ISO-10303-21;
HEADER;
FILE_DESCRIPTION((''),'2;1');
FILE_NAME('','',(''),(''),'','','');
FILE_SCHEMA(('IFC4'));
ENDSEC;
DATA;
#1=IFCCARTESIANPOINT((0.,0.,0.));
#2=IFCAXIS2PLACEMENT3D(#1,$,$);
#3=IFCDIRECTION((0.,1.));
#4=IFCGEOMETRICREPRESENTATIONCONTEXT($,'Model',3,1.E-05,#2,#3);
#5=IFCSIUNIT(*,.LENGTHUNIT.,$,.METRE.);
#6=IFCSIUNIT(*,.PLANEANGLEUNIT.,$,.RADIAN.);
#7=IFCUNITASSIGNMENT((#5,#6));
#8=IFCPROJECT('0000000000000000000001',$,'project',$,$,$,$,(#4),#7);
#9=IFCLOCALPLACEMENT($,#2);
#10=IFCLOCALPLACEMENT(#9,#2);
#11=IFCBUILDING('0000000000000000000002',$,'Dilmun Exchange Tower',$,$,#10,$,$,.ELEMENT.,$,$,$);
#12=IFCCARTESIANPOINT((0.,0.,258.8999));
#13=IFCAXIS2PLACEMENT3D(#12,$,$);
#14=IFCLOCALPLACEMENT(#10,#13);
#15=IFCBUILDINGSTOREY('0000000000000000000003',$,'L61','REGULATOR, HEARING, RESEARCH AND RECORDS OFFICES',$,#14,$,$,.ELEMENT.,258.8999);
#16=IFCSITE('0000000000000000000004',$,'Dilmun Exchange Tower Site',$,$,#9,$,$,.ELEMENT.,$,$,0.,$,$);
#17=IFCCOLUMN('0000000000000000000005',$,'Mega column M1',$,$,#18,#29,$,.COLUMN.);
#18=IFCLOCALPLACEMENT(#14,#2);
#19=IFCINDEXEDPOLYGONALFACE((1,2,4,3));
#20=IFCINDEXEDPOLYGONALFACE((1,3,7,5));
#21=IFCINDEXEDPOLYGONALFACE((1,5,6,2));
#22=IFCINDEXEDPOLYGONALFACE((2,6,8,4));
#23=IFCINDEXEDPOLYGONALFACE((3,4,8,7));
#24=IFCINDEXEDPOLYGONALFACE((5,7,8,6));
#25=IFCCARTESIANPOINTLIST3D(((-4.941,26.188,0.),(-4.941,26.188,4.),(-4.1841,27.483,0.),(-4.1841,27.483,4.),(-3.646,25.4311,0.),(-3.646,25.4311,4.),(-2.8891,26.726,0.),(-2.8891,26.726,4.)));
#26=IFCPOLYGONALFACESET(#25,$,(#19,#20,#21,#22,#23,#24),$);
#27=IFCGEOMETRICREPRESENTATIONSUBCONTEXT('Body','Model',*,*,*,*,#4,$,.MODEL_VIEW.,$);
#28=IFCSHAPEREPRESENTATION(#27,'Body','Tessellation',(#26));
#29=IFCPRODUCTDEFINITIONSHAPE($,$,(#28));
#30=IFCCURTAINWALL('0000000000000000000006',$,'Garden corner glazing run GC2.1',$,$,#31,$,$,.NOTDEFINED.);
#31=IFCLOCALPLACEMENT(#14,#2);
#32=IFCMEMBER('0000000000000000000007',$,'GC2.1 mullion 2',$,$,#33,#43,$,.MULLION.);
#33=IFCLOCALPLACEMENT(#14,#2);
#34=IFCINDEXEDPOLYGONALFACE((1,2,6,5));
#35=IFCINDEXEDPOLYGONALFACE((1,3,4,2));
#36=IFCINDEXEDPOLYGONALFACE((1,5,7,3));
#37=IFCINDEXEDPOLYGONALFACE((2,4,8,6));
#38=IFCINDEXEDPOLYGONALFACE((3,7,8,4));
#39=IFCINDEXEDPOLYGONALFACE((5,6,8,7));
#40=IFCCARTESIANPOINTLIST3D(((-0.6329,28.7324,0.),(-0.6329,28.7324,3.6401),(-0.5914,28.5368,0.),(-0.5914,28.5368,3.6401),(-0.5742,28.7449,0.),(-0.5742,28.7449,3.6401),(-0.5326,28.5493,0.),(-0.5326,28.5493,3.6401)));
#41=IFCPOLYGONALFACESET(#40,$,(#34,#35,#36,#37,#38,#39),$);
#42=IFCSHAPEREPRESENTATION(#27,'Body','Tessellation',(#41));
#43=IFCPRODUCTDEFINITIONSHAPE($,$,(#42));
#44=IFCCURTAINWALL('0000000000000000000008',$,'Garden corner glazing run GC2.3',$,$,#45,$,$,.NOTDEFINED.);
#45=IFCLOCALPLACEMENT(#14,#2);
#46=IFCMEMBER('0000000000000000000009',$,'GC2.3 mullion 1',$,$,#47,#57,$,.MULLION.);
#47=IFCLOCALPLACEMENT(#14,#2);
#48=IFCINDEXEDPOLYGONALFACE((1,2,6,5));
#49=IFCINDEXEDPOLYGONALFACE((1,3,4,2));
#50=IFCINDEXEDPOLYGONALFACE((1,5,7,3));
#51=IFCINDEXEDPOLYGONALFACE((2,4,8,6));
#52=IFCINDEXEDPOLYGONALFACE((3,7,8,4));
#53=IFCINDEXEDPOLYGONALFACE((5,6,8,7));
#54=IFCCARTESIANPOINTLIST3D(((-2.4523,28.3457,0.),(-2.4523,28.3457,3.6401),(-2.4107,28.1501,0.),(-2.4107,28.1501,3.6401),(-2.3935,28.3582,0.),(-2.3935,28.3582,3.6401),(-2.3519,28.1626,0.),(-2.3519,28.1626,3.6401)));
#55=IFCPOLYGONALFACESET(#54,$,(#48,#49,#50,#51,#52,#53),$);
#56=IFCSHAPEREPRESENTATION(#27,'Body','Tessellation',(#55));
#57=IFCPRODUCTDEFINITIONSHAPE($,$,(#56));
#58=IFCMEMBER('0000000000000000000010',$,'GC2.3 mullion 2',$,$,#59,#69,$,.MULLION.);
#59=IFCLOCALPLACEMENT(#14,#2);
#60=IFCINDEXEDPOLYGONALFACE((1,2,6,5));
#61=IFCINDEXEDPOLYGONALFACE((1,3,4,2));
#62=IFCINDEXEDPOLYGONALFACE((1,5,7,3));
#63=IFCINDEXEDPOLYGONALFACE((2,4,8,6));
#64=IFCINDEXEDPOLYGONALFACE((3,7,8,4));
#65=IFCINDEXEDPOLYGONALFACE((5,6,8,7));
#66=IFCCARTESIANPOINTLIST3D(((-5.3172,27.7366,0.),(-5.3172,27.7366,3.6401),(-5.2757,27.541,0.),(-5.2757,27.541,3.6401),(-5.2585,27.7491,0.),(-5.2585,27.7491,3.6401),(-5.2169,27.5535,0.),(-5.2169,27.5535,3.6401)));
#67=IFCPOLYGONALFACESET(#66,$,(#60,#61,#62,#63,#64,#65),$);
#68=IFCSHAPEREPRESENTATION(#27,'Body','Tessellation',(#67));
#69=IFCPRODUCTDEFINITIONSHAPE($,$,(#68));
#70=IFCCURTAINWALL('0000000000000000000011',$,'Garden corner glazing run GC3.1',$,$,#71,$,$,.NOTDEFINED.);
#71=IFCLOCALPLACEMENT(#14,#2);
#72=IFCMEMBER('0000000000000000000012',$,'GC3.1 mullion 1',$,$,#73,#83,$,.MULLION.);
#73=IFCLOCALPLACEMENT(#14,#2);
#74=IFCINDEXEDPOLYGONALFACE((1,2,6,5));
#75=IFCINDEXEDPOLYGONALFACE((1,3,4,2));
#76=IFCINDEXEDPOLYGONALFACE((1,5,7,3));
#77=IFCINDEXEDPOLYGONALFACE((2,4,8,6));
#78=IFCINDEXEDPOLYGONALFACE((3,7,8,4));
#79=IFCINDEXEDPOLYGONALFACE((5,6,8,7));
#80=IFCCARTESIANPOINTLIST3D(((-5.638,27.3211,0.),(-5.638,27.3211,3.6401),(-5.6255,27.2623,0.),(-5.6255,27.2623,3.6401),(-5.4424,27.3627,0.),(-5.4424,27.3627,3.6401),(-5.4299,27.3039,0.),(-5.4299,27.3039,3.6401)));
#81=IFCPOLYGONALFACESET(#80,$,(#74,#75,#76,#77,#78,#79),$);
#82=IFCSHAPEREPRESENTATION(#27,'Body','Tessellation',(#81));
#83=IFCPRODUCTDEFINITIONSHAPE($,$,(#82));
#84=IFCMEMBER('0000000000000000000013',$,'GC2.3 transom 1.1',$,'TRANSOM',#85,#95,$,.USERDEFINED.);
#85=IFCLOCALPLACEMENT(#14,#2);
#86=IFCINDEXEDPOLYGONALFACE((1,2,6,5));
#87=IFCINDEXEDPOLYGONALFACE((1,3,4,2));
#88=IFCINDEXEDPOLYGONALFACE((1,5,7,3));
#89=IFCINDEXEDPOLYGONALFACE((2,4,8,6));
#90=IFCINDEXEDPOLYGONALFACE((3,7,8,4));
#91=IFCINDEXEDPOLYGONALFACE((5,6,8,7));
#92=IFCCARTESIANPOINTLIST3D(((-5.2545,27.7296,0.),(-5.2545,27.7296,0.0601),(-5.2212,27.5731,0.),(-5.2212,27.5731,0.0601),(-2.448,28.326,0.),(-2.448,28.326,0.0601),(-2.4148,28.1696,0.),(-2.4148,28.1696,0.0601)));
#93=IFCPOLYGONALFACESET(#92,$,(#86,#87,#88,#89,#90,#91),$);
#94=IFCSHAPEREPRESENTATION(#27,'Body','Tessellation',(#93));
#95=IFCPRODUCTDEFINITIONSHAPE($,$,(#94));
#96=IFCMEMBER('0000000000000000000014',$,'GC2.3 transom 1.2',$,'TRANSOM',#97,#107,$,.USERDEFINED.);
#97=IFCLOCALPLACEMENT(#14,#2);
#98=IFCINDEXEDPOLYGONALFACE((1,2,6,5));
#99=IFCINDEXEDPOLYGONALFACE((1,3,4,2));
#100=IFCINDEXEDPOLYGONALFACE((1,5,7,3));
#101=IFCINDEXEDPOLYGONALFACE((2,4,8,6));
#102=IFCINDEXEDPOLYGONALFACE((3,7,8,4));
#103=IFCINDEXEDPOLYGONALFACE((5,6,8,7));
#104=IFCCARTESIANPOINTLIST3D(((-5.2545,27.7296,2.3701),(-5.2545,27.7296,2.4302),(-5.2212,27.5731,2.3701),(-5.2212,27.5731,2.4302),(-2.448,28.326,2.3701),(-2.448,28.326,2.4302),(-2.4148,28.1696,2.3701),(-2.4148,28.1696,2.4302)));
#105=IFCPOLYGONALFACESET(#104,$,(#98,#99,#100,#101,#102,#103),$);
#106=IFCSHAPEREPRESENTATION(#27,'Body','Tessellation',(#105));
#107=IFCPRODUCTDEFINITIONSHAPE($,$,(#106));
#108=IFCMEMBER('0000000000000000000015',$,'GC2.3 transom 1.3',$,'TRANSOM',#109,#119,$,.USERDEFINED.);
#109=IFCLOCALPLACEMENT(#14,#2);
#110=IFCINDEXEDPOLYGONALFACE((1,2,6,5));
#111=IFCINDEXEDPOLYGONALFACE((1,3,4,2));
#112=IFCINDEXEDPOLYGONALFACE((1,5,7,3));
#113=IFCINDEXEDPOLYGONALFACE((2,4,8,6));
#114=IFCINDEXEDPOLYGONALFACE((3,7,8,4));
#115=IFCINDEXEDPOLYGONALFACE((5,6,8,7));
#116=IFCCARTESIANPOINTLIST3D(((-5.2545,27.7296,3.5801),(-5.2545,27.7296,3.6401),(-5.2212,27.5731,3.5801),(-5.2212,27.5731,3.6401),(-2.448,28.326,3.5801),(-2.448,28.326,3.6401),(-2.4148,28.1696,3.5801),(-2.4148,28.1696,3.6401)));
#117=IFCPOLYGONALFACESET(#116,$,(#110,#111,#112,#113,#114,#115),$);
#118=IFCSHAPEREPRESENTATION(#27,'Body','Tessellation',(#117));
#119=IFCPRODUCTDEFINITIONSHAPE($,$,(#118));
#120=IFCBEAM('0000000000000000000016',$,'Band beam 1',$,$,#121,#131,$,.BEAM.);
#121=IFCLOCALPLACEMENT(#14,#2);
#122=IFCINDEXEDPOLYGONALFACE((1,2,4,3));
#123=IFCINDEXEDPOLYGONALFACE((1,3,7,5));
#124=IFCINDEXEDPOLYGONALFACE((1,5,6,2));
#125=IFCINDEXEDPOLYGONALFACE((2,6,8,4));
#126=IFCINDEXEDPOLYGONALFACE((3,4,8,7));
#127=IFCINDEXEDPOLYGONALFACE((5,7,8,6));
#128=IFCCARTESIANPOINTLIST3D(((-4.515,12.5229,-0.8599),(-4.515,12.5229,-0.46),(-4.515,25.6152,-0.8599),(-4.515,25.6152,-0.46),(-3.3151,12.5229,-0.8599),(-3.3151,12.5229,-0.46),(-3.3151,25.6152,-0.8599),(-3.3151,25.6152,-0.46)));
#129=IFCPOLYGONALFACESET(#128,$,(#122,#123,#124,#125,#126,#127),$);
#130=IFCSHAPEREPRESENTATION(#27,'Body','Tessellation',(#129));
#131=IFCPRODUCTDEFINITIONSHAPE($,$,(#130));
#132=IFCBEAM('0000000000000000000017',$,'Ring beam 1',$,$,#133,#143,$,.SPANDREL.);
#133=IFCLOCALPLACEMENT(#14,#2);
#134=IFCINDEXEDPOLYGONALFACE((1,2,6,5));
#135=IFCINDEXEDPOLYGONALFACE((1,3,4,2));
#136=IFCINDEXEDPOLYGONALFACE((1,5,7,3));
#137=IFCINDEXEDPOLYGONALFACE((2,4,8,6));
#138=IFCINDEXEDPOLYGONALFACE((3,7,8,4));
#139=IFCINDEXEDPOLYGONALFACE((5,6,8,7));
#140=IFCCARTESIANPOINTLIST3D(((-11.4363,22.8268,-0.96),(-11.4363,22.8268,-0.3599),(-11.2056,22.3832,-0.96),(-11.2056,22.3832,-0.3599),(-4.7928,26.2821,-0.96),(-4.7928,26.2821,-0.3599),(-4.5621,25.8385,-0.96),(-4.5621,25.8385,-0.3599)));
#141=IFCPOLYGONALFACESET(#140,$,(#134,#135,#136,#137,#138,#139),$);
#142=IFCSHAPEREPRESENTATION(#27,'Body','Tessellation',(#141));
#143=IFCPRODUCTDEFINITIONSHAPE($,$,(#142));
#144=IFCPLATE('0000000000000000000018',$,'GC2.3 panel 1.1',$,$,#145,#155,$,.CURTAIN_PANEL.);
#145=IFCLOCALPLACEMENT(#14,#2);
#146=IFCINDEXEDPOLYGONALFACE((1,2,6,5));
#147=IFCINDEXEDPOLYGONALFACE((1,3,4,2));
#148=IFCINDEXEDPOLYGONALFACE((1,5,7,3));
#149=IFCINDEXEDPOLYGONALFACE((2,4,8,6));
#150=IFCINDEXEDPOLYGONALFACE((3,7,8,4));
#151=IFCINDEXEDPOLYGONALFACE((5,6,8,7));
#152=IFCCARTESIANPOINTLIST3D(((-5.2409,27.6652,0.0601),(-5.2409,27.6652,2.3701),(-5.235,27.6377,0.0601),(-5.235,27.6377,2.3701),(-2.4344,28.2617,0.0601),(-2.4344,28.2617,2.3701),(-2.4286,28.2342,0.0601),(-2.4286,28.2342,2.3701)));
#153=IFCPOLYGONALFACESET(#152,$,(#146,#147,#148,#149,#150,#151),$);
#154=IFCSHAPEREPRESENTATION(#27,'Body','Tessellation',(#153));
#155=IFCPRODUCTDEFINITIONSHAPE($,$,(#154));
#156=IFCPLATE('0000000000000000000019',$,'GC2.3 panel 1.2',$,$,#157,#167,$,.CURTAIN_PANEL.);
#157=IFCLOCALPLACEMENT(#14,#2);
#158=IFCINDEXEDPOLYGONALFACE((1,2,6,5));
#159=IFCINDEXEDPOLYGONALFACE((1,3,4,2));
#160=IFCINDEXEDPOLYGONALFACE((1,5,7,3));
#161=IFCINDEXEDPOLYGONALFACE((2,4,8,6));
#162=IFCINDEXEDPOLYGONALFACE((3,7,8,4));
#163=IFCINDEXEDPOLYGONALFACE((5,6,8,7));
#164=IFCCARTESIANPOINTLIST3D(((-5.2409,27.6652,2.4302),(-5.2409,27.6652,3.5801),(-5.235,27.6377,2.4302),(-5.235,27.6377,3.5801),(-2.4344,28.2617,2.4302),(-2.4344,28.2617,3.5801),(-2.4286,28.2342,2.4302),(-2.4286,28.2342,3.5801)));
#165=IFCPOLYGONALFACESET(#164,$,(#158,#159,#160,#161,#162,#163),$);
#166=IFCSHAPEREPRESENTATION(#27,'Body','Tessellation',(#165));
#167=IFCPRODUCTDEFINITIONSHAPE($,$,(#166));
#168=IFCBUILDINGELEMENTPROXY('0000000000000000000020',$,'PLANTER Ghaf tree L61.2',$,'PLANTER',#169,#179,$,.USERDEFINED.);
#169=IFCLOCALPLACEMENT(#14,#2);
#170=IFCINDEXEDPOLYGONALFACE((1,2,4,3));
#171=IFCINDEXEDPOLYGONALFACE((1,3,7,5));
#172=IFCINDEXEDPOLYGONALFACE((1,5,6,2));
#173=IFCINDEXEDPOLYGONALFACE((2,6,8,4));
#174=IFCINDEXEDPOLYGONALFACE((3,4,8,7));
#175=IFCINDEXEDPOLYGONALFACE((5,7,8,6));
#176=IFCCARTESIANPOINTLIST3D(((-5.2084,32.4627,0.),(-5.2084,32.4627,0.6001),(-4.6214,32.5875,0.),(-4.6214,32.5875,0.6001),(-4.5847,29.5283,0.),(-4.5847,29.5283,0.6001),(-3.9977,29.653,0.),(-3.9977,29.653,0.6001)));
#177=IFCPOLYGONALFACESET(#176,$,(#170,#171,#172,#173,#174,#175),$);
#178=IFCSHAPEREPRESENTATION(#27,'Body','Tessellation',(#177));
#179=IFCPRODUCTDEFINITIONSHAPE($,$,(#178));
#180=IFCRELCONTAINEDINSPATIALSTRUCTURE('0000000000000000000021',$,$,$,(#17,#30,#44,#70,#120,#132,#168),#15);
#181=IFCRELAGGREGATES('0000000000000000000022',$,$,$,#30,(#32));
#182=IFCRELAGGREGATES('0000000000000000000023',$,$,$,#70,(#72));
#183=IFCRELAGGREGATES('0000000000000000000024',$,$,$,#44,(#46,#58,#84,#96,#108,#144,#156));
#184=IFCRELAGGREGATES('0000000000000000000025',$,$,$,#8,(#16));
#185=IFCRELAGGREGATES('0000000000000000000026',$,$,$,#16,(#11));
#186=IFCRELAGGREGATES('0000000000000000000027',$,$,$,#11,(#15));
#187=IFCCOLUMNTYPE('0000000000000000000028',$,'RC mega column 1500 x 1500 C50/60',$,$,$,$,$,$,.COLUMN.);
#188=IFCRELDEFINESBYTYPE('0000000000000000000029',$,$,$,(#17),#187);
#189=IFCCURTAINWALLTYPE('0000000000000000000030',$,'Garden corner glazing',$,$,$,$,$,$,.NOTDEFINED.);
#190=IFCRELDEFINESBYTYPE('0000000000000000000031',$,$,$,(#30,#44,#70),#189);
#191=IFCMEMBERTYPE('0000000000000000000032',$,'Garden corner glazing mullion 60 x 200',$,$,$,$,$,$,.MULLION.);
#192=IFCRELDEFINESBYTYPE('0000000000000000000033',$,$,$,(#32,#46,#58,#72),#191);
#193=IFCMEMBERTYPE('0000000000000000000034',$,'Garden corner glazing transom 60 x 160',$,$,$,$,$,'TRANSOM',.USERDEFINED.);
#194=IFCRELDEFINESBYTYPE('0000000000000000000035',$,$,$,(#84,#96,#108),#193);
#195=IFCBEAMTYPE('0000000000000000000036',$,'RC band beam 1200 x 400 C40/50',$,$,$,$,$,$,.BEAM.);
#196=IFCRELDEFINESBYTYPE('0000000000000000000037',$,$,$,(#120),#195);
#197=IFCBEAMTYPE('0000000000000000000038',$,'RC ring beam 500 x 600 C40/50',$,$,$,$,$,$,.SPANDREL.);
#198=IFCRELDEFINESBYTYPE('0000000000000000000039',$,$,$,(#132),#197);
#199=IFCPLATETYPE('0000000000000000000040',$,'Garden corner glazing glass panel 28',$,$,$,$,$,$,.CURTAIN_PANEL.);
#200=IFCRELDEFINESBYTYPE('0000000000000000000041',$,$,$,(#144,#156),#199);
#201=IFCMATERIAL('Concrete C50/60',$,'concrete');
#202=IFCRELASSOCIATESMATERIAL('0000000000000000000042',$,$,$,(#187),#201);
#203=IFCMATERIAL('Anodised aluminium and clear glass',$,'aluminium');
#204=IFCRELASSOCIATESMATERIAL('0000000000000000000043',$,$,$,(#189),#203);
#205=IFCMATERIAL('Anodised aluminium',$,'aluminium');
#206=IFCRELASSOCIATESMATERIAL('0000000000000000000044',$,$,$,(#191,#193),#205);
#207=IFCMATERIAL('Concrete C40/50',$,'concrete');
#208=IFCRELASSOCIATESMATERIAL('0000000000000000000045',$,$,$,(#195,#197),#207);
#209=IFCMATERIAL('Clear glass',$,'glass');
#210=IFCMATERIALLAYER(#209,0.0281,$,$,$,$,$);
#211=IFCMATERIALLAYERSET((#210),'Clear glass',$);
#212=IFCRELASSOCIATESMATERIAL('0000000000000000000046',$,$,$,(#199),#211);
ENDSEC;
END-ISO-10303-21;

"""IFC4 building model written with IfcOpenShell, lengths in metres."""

from ifc_helpers import new_model, si_unit, direction, frame, origin, origin_2d, place, context, subcontext, project, spatial, rectangle, extrude, material, layer, layer_set, material_profile, profile_set, type_object, element, aggregate, save


model = new_model("IFC4")

# Units and contexts
model_context = context("Model", 3, precision=1e-05, world=origin(), true_north=direction((0.0, 1.0)))
body_context = subcontext(model_context, "Body", "Model", "MODEL_VIEW")
ifc_project = project(units=[si_unit("LENGTHUNIT", "METRE"), si_unit("PLANEANGLEUNIT", "RADIAN")], contexts=[model_context])

# Site, building, storey
site_placement = place(None, origin())
site = spatial("IfcSite", under=ifc_project, at=site_placement, Name="Dilmun Exchange Tower Site", CompositionType="ELEMENT", RefElevation=0.0)
building_placement = place(site_placement, origin())
building = spatial("IfcBuilding", under=site, at=building_placement, Name="Dilmun Exchange Tower", CompositionType="ELEMENT")
storey_placement = place(building_placement, frame((0.0, 0.0, 258.8999)))
storey = spatial("IfcBuildingStorey", under=building, at=storey_placement, Name="L61", Description="REGULATOR, HEARING, RESEARCH AND RECORDS OFFICES", CompositionType="ELEMENT", Elevation=258.8999)

# Column
ifc_material_1 = material(Name="Concrete C50/60", Category="concrete")
ifc_material_profile_1 = material_profile(ifc_material_1, rectangle(XDim=1.5, YDim=1.5, at=origin_2d()), Name="1500 x 1500")
ifc_profile_set_1 = profile_set([ifc_material_profile_1], Name="Concrete C50/60")
column_type = type_object("IfcColumnType", Name="RC mega column 1500 x 1500 C50/60", PredefinedType="COLUMN", material=ifc_profile_set_1)
column_placement = place(storey_placement, frame((-3.915, 26.457, 0.0), z_axis=(0.0, 0.0, 1.0), x_axis=(0.504644, 0.863328, 0.0)))
element("IfcColumn", 1, at=column_placement, inside=storey, type_object=column_type, Name="Mega column M1", PredefinedType="COLUMN", context=body_context, shape_type="SweptSolid", body=[
    extrude(rectangle(XDim=1.5, YDim=1.5, at=origin_2d()), origin(), (0.0, 0.0, 1.0), 4.0),
])

# Curtain wall, member
ifc_material_2 = material(Name="Anodised aluminium and clear glass", Category="aluminium")
curtain_wall_type = type_object("IfcCurtainWallType", Name="Garden corner glazing", PredefinedType="NOTDEFINED", material=ifc_material_2)
curtain_wall_1_placement = place(storey_placement, origin())
curtain_wall_1 = element("IfcCurtainWall", 2, at=curtain_wall_1_placement, inside=storey, type_object=curtain_wall_type, Name="Garden corner glazing run GC2.1", PredefinedType="NOTDEFINED")
ifc_material_3 = material(Name="Anodised aluminium", Category="aluminium")
ifc_material_profile_2 = material_profile(ifc_material_3, rectangle(XDim=0.2, YDim=0.0601, at=origin_2d()), Name="AL 60x200")
ifc_profile_set_2 = profile_set([ifc_material_profile_2], Name="Anodised aluminium")
member_type_1 = type_object("IfcMemberType", Name="Garden corner glazing mullion 60 x 200", PredefinedType="MULLION", material=ifc_profile_set_2)
member_1_placement = place(storey_placement, frame((-0.5828, 28.6409, 0.0), z_axis=(0.0, 0.0, 1.0), x_axis=(0.207888, -0.978153, 0.0)))
member_1 = element("IfcMember", 3, at=member_1_placement, type_object=member_type_1, Name="GC2.1 mullion 2", PredefinedType="MULLION", context=body_context, shape_type="SweptSolid", body=[
    extrude(rectangle(XDim=0.2, YDim=0.0601, at=origin_2d()), origin(), (0.0, 0.0, 1.0), 3.6401),
])
aggregate(curtain_wall_1, [member_1])

# Curtain wall, members
curtain_wall_2_placement = place(storey_placement, origin())
curtain_wall_2 = element("IfcCurtainWall", 4, at=curtain_wall_2_placement, inside=storey, type_object=curtain_wall_type, Name="Garden corner glazing run GC2.3", PredefinedType="NOTDEFINED")
member_2_placement = place(storey_placement, frame((-2.4021, 28.2542, 0.0), z_axis=(0.0, 0.0, 1.0), x_axis=(0.207888, -0.978153, 0.0)))
member_2 = element("IfcMember", 5, at=member_2_placement, type_object=member_type_1, Name="GC2.3 mullion 1", PredefinedType="MULLION", context=body_context, shape_type="SweptSolid", body=[
    extrude(rectangle(XDim=0.2, YDim=0.0601, at=origin_2d()), origin(), (0.0, 0.0, 1.0), 3.6401),
])
member_3_placement = place(storey_placement, frame((-5.2671, 27.645, 0.0), z_axis=(0.0, 0.0, 1.0), x_axis=(0.207888, -0.978153, 0.0)))
member_3 = element("IfcMember", 6, at=member_3_placement, type_object=member_type_1, Name="GC2.3 mullion 2", PredefinedType="MULLION", context=body_context, shape_type="SweptSolid", body=[
    extrude(rectangle(XDim=0.2, YDim=0.0601, at=origin_2d()), origin(), (0.0, 0.0, 1.0), 3.6401),
])

# Curtain wall, member
curtain_wall_3_placement = place(storey_placement, origin())
curtain_wall_3 = element("IfcCurtainWall", 7, at=curtain_wall_3_placement, inside=storey, type_object=curtain_wall_type, Name="Garden corner glazing run GC3.1", PredefinedType="NOTDEFINED")
member_4_placement = place(storey_placement, frame((-5.5339, 27.3125, 0.0), z_axis=(0.0, 0.0, 1.0), x_axis=(-0.978148, -0.207912, 0.0)))
member_4 = element("IfcMember", 8, at=member_4_placement, type_object=member_type_1, Name="GC3.1 mullion 1", PredefinedType="MULLION", context=body_context, shape_type="SweptSolid", body=[
    extrude(rectangle(XDim=0.2, YDim=0.0601, at=origin_2d()), origin(), (0.0, 0.0, 1.0), 3.6401),
])
aggregate(curtain_wall_3, [member_4])

# Members
ifc_material_profile_3 = material_profile(ifc_material_3, rectangle(XDim=0.1599, YDim=0.0601, at=origin_2d()), Name="AL 60x160")
ifc_profile_set_3 = profile_set([ifc_material_profile_3], Name="Anodised aluminium")
member_type_2 = type_object("IfcMemberType", Name="Garden corner glazing transom 60 x 160", ElementType="TRANSOM", PredefinedType="USERDEFINED", material=ifc_profile_set_3)
member_5_placement = place(storey_placement, frame((-2.4314, 28.2478, 0.03), z_axis=(-0.978153, -0.207884, 0.0), x_axis=(0.207884, -0.978153, 0.0)))
member_5 = element("IfcMember", 9, at=member_5_placement, type_object=member_type_2, Name="GC2.3 transom 1.1", ObjectType="TRANSOM", PredefinedType="USERDEFINED", context=body_context, shape_type="SweptSolid", body=[
    extrude(rectangle(XDim=0.1599, YDim=0.0601, at=origin_2d()), origin(), (0.0, 0.0, 1.0), 2.8691),
])
member_6_placement = place(storey_placement, frame((-2.4314, 28.2478, 2.4001), z_axis=(-0.978153, -0.207884, 0.0), x_axis=(0.207884, -0.978153, 0.0)))
member_6 = element("IfcMember", 10, at=member_6_placement, type_object=member_type_2, Name="GC2.3 transom 1.2", ObjectType="TRANSOM", PredefinedType="USERDEFINED", context=body_context, shape_type="SweptSolid", body=[
    extrude(rectangle(XDim=0.1599, YDim=0.0601, at=origin_2d()), origin(), (0.0, 0.0, 1.0), 2.8691),
])
member_7_placement = place(storey_placement, frame((-2.4314, 28.2478, 3.6101), z_axis=(-0.978153, -0.207884, 0.0), x_axis=(0.207884, -0.978153, 0.0)))
member_7 = element("IfcMember", 11, at=member_7_placement, type_object=member_type_2, Name="GC2.3 transom 1.3", ObjectType="TRANSOM", PredefinedType="USERDEFINED", context=body_context, shape_type="SweptSolid", body=[
    extrude(rectangle(XDim=0.1599, YDim=0.0601, at=origin_2d()), origin(), (0.0, 0.0, 1.0), 2.8691),
])

# Beams
ifc_material_4 = material(Name="Concrete C40/50", Category="concrete")
ifc_material_profile_4 = material_profile(ifc_material_4, rectangle(XDim=1.2, YDim=0.3999, at=origin_2d()), Name="1200 x 400")
ifc_profile_set_4 = profile_set([ifc_material_profile_4], Name="Concrete C40/50")
beam_type_1 = type_object("IfcBeamType", Name="RC band beam 1200 x 400 C40/50", PredefinedType="BEAM", material=ifc_profile_set_4)
beam_1_placement = place(storey_placement, frame((-3.915, 25.6152, -0.6599), z_axis=(0.0, -1.0, 0.0), x_axis=(1.0, 0.0, 0.0)))
element("IfcBeam", 12, at=beam_1_placement, inside=storey, type_object=beam_type_1, Name="Band beam 1", PredefinedType="BEAM", context=body_context, shape_type="SweptSolid", body=[
    extrude(rectangle(XDim=1.2, YDim=0.3999, at=origin_2d()), origin(), (0.0, 0.0, 1.0), 13.0923),
])
ifc_material_profile_5 = material_profile(ifc_material_4, rectangle(XDim=0.5, YDim=0.6001, at=origin_2d()), Name="500 x 600")
ifc_profile_set_5 = profile_set([ifc_material_profile_5], Name="Concrete C40/50")
beam_type_2 = type_object("IfcBeamType", Name="RC ring beam 500 x 600 C40/50", PredefinedType="SPANDREL", material=ifc_profile_set_5)
beam_2_placement = place(storey_placement, frame((-4.6775, 26.0603, -0.6599), z_axis=(-0.88718, -0.461424, 0.0), x_axis=(0.461424, -0.88718, 0.0)))
element("IfcBeam", 13, at=beam_2_placement, inside=storey, type_object=beam_type_2, Name="Ring beam 1", PredefinedType="SPANDREL", context=body_context, shape_type="SweptSolid", body=[
    extrude(rectangle(XDim=0.5, YDim=0.6001, at=origin_2d()), origin(), (0.0, 0.0, 1.0), 7.4883),
])

# Plates
ifc_material_5 = material(Name="Clear glass", Category="glass")
ifc_layer_1 = layer(ifc_material_5, 0.0281)
ifc_layer_set_1 = layer_set([ifc_layer_1], Name="Clear glass")
plate_type = type_object("IfcPlateType", Name="Garden corner glazing glass panel 28", PredefinedType="CURTAIN_PANEL", material=ifc_layer_set_1)
plate_1_placement = place(storey_placement, frame((-3.8347, 27.9497, 0.0601), z_axis=(0.0, 0.0, 1.0), x_axis=(-0.978153, -0.207888, 0.0)))
plate_1 = element("IfcPlate", 14, at=plate_1_placement, type_object=plate_type, Name="GC2.3 panel 1.1", PredefinedType="CURTAIN_PANEL", context=body_context, shape_type="SweptSolid", body=[
    extrude(rectangle(XDim=2.8691, YDim=0.0281, at=origin_2d()), origin(), (0.0, 0.0, 1.0), 2.3101),
])
plate_2_placement = place(storey_placement, frame((-3.8347, 27.9497, 2.4302), z_axis=(0.0, 0.0, 1.0), x_axis=(-0.978153, -0.207888, 0.0)))
plate_2 = element("IfcPlate", 15, at=plate_2_placement, type_object=plate_type, Name="GC2.3 panel 1.2", PredefinedType="CURTAIN_PANEL", context=body_context, shape_type="SweptSolid", body=[
    extrude(rectangle(XDim=2.8691, YDim=0.0281, at=origin_2d()), origin(), (0.0, 0.0, 1.0), 1.1499),
])
aggregate(curtain_wall_2, [member_2, member_3, member_5, member_6, member_7, plate_1, plate_2])

# Building element proxy
proxy_placement = place(storey_placement, frame((-4.603, 31.0579, 0.0), z_axis=(0.0, 0.0, 1.0), x_axis=(-0.207912, 0.978148, 0.0)))
element("IfcBuildingElementProxy", 16, at=proxy_placement, inside=storey, Name="PLANTER Ghaf tree L61.2", ObjectType="PLANTER", PredefinedType="USERDEFINED", context=body_context, shape_type="SweptSolid", body=[
    extrude(rectangle(XDim=3.0, YDim=0.6001, at=origin_2d()), origin(), (0.0, 0.0, 1.0), 0.6001),
])

save(model, "model.ifc")
